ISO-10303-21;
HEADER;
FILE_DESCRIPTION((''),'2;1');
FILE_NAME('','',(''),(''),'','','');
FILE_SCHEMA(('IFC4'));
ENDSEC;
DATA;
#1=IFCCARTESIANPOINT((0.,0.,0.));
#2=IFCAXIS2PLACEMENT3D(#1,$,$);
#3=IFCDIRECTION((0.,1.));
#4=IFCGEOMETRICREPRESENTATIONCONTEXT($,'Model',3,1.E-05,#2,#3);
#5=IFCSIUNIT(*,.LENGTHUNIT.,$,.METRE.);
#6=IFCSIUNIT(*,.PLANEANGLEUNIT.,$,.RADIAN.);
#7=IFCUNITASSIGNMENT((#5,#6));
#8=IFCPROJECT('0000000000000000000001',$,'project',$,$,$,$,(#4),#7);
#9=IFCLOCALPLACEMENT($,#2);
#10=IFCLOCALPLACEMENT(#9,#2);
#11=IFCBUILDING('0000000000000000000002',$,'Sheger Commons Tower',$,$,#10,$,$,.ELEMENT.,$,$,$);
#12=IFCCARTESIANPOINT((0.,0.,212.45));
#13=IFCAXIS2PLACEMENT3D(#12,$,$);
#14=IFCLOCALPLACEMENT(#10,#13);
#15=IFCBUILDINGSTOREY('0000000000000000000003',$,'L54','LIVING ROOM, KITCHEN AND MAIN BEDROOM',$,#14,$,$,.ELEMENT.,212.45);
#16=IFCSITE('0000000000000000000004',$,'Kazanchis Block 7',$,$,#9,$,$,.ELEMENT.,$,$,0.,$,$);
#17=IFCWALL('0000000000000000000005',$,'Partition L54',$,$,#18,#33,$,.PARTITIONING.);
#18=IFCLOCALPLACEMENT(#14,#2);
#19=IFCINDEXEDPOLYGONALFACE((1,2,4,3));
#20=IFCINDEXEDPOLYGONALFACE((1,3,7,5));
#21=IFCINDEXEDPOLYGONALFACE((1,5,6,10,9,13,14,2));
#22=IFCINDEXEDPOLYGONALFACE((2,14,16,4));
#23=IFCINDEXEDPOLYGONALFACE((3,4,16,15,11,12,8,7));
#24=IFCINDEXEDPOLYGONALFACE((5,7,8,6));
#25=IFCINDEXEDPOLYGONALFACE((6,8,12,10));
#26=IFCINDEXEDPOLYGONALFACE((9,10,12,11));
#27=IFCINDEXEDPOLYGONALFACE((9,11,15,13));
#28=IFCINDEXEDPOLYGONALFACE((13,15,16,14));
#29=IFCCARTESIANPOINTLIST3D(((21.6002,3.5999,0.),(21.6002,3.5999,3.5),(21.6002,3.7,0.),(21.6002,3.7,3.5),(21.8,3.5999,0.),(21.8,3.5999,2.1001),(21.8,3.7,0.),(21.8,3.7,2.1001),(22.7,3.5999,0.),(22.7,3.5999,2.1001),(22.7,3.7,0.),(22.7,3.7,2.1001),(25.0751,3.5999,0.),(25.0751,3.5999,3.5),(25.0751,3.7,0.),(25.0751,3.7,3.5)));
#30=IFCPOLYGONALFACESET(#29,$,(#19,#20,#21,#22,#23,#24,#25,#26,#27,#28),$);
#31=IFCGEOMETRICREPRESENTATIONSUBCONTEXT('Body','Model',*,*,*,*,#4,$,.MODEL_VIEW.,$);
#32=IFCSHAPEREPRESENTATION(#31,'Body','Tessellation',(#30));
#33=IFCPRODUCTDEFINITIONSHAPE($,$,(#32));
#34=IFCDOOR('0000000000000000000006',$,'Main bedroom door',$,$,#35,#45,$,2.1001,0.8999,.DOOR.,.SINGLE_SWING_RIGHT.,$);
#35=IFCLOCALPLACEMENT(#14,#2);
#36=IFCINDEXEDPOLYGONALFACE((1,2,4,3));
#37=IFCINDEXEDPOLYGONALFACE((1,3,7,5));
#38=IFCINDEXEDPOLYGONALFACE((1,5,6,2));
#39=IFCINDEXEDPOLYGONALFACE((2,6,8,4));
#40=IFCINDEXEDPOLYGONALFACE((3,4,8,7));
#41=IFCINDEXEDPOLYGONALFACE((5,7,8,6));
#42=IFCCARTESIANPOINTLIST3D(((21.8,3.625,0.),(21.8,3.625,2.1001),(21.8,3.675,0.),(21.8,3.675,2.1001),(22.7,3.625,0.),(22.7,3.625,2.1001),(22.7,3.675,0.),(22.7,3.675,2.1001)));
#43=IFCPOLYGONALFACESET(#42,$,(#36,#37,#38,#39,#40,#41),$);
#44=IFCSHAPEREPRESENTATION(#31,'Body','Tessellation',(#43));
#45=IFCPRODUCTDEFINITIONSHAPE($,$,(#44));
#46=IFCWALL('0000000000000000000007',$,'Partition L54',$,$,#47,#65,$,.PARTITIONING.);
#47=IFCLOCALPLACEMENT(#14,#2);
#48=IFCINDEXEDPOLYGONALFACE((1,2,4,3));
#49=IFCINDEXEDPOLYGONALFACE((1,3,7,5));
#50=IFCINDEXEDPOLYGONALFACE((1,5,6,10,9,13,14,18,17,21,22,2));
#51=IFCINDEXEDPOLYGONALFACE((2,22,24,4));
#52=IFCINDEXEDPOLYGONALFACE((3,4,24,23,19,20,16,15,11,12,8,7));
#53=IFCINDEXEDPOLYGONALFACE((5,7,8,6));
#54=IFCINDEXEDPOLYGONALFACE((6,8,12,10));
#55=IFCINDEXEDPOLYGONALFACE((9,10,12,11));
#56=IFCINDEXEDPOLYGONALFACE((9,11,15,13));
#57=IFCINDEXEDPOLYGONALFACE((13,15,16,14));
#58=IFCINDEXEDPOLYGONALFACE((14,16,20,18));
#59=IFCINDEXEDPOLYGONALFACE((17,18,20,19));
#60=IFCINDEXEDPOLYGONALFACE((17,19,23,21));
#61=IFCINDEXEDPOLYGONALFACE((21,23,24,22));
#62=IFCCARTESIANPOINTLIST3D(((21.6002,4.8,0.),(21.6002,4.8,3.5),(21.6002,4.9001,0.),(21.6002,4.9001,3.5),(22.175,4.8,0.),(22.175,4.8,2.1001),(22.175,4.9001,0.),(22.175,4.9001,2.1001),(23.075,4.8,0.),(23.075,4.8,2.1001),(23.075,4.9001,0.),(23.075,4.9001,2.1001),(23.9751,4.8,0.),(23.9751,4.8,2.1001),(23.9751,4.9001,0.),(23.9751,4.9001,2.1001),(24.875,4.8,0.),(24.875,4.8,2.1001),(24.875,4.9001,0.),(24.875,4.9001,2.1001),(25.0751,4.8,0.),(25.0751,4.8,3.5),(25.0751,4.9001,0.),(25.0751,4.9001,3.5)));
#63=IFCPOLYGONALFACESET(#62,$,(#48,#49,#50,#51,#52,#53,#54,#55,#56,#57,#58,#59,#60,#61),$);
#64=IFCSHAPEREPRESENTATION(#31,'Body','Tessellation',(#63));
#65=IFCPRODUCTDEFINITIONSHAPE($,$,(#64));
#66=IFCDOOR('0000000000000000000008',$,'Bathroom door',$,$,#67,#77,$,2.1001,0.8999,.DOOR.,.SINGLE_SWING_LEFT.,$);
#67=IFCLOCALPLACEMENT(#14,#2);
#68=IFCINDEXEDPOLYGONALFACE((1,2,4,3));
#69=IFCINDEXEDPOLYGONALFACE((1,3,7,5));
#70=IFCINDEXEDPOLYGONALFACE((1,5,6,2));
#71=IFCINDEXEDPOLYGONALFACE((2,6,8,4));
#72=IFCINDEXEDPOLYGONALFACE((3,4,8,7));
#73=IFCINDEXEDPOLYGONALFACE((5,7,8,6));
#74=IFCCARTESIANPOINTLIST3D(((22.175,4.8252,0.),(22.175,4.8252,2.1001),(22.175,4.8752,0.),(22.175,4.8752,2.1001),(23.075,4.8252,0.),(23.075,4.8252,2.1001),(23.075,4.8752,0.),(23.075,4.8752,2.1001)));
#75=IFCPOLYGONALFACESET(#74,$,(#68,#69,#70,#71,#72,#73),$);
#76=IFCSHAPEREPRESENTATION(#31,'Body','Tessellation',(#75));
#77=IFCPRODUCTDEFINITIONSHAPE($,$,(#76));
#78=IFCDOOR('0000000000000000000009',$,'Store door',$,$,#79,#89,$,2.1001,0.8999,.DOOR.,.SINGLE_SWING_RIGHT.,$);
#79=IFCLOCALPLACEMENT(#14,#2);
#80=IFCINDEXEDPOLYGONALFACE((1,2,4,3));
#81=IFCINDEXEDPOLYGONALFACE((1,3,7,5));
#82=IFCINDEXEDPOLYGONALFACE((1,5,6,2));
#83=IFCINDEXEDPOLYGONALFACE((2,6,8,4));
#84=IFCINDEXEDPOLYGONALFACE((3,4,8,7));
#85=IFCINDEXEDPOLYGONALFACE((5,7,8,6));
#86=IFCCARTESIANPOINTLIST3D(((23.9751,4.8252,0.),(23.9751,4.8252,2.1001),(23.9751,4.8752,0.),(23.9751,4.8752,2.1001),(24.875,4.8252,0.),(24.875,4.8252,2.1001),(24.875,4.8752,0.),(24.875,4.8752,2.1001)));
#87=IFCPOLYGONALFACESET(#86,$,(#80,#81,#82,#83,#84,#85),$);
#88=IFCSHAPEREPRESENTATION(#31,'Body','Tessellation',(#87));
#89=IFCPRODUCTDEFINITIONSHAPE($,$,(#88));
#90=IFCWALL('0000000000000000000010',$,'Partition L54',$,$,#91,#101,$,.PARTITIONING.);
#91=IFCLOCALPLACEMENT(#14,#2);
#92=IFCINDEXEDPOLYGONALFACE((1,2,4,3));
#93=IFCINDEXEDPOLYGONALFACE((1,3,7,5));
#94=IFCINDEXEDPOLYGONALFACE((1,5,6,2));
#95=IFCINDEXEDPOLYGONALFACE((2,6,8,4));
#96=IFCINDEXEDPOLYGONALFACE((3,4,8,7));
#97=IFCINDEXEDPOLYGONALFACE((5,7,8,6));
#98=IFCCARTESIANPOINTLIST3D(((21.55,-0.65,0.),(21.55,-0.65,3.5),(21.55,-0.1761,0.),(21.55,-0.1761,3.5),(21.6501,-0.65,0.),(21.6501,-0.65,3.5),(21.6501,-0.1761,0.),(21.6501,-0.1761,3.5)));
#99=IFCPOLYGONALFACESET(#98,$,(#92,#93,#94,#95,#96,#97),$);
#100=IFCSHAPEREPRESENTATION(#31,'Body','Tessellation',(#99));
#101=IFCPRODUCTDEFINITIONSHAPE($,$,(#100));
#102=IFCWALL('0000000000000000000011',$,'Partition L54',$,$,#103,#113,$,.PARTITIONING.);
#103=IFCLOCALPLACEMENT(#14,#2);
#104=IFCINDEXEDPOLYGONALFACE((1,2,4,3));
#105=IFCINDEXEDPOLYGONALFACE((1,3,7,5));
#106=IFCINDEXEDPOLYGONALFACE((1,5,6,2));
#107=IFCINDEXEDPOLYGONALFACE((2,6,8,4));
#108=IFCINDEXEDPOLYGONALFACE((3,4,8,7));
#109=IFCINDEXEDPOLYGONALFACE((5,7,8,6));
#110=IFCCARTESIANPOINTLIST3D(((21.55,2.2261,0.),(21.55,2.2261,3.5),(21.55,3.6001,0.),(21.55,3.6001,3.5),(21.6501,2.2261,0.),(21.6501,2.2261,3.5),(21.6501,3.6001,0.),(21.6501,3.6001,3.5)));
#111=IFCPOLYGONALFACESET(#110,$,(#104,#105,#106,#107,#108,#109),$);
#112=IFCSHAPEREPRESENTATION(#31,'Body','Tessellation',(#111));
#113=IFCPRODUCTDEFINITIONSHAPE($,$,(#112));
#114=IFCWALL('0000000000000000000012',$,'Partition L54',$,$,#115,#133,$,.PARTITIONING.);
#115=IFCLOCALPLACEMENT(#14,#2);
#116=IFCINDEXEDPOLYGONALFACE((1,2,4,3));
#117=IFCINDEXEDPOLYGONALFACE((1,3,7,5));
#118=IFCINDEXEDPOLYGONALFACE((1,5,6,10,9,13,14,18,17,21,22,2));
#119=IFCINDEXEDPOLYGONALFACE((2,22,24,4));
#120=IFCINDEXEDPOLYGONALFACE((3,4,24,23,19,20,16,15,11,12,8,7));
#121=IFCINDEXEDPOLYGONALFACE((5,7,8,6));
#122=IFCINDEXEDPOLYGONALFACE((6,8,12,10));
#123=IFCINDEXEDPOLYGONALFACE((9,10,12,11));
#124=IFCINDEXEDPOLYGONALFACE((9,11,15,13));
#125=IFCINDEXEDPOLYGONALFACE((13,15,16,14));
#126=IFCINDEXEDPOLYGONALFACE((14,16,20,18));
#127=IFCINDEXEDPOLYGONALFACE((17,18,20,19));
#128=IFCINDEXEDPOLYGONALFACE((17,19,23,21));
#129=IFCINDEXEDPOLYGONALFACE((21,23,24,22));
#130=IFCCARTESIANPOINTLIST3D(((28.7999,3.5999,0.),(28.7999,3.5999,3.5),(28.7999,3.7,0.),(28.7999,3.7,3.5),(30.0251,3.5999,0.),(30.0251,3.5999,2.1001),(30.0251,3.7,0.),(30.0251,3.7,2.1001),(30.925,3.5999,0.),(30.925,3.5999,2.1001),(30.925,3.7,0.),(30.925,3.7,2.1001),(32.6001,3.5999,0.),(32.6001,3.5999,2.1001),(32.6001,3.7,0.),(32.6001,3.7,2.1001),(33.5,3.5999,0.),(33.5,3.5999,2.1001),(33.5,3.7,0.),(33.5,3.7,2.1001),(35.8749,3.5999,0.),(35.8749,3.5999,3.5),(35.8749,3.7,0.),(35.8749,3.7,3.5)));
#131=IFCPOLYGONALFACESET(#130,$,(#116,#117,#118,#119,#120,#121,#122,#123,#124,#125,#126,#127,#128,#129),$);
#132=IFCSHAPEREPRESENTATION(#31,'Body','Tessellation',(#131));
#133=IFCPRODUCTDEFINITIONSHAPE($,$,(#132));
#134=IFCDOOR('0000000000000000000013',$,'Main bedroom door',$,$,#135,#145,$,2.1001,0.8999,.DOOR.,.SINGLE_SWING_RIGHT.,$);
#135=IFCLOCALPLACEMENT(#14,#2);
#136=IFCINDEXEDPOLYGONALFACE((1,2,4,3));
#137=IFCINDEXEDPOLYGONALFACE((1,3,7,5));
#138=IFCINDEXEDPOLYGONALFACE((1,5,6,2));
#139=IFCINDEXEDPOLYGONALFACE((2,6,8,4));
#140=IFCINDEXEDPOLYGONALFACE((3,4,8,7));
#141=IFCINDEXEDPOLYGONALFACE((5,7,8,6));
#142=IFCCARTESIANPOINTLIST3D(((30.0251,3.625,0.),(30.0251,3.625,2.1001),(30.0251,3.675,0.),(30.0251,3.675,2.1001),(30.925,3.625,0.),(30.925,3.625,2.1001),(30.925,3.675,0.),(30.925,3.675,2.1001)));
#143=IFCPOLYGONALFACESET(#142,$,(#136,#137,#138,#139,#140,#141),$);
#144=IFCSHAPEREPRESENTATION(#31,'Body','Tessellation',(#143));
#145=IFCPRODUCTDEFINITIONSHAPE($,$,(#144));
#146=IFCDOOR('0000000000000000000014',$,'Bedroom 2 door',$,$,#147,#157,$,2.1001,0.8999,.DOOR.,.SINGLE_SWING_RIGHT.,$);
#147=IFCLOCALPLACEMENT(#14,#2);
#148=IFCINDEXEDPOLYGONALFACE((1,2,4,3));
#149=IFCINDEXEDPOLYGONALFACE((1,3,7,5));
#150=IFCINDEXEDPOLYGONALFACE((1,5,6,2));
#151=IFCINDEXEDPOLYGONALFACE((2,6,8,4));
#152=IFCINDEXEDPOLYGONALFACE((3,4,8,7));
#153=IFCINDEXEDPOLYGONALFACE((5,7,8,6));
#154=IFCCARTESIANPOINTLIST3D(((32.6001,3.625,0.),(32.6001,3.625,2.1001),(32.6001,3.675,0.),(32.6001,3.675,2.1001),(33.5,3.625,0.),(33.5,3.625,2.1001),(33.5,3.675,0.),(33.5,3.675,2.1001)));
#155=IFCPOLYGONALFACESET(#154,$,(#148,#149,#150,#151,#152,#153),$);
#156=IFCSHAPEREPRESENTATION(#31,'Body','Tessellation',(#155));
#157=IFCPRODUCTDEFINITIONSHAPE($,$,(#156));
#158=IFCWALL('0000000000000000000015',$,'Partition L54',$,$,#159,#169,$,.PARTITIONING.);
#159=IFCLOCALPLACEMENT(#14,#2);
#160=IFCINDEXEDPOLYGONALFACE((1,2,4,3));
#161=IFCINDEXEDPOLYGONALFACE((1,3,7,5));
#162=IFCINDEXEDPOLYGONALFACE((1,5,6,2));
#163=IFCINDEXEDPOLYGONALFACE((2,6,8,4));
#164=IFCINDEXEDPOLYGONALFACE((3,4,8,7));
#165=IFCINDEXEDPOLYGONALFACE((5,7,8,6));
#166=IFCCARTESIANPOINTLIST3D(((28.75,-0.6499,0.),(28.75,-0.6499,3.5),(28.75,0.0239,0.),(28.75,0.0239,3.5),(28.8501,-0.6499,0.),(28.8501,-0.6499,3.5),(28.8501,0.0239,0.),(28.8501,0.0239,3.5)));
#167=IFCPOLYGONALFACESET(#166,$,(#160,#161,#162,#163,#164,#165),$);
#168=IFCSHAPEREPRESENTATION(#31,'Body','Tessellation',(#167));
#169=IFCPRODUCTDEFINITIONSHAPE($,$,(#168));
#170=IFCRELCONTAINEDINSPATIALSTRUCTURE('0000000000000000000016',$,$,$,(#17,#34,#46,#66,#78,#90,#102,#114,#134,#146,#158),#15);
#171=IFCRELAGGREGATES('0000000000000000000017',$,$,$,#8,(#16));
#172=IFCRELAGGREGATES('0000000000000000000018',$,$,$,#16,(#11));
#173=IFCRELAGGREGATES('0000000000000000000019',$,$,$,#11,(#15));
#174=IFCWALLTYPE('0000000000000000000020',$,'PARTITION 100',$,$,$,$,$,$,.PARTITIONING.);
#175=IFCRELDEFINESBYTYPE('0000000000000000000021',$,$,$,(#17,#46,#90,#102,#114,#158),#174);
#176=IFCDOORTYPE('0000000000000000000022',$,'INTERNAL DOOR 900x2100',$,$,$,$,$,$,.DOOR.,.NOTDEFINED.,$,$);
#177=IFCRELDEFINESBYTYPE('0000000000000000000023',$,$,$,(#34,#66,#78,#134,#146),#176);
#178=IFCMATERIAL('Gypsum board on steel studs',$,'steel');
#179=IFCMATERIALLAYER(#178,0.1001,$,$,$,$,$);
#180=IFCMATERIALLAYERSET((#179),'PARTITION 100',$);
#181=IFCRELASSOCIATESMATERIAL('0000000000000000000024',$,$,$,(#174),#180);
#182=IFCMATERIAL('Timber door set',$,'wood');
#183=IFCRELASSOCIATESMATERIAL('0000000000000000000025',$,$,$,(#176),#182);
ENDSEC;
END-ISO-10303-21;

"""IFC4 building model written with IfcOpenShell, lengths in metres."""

from ifc_helpers import new_model, si_unit, direction, frame, frame_2d, origin, place, context, subcontext, project, spatial, rectangle, extrude, material, layer, layer_set, type_object, element, fill, save


model = new_model("IFC4")

# Units and contexts
model_context = context("Model", 3, precision=1e-05, world=origin(), true_north=direction((0.0, 1.0)))
body_context = subcontext(model_context, "Body", "Model", "MODEL_VIEW")
ifc_project = project(units=[si_unit("LENGTHUNIT", "METRE"), si_unit("PLANEANGLEUNIT", "RADIAN")], contexts=[model_context])

# Site, building, storey
site_placement = place(None, origin())
site = spatial("IfcSite", under=ifc_project, at=site_placement, Name="Kazanchis Block 7", CompositionType="ELEMENT", RefElevation=0.0)
building_placement = place(site_placement, origin())
building = spatial("IfcBuilding", under=site, at=building_placement, Name="Sheger Commons Tower", CompositionType="ELEMENT")
storey_placement = place(building_placement, frame((0.0, 0.0, 212.45)))
storey = spatial("IfcBuildingStorey", under=building, at=storey_placement, Name="L54", Description="LIVING ROOM, KITCHEN AND MAIN BEDROOM", CompositionType="ELEMENT", Elevation=212.45)

# Wall, opening, door
ifc_material_1 = material(Name="Gypsum board on steel studs", Category="steel")
ifc_layer_1 = layer(ifc_material_1, 0.1001)
ifc_layer_set_1 = layer_set([ifc_layer_1], Name="PARTITION 100")
wall_type_1 = type_object("IfcWallType", Name="PARTITION 100", PredefinedType="PARTITIONING", material=ifc_layer_set_1)
wall_1_placement = place(storey_placement, frame((25.075, 3.6499, 0.0), z_axis=(0.0, 0.0, 1.0), x_axis=(-1.0, 0.0, 0.0)))
wall_1 = element("IfcWall", 1, at=wall_1_placement, inside=storey, type_object=wall_type_1, Name="Partition L54", PredefinedType="PARTITIONING", context=body_context, shape_type="SweptSolid", body=[
    extrude(rectangle(XDim=3.4749, YDim=0.1001, at=frame_2d((1.7373, 0.0))), origin(), (0.0, 0.0, 1.0), 3.5),
])
opening_1_placement = place(wall_1_placement, frame((2.375, 0.0, 0.0)))
opening_1 = element("IfcOpeningElement", 2, at=opening_1_placement, cuts=wall_1, PredefinedType="OPENING", context=body_context, shape_type="SweptSolid", body=[
    extrude(rectangle(XDim=0.8999, YDim=2.1001, at=frame_2d((0.45, 1.05))), frame((0.0, 0.0601, 0.0), z_axis=(0.0, -1.0, 0.0), x_axis=(1.0, 0.0, 0.0)), (0.0, 0.0, 1.0), 0.1201),
])
ifc_material_2 = material(Name="Timber door set", Category="wood")
door_type = type_object("IfcDoorType", Name="INTERNAL DOOR 900x2100", OperationType="NOTDEFINED", PredefinedType="DOOR", material=ifc_material_2)
door_1_placement = place(opening_1_placement, origin())
door_1 = element("IfcDoor", 3, at=door_1_placement, inside=storey, type_object=door_type, Name="Main bedroom door", OperationType="SINGLE_SWING_RIGHT", OverallHeight=2.1001, OverallWidth=0.8999, PredefinedType="DOOR", context=body_context, shape_type="SweptSolid", body=[
    extrude(rectangle(XDim=0.8999, YDim=2.1001, at=frame_2d((0.45, 1.05))), frame((0.0, 0.0249, 0.0), z_axis=(0.0, -1.0, 0.0), x_axis=(1.0, 0.0, 0.0)), (0.0, 0.0, 1.0), 0.05),
])
fill(opening_1, door_1)

# Wall, openings, doors
wall_2_placement = place(storey_placement, frame((25.075, 4.8501, 0.0), z_axis=(0.0, 0.0, 1.0), x_axis=(-1.0, 0.0, 0.0)))
wall_2 = element("IfcWall", 4, at=wall_2_placement, inside=storey, type_object=wall_type_1, Name="Partition L54", PredefinedType="PARTITIONING", context=body_context, shape_type="SweptSolid", body=[
    extrude(rectangle(XDim=3.4749, YDim=0.1001, at=frame_2d((1.7373, 0.0))), origin(), (0.0, 0.0, 1.0), 3.5),
])
opening_2_placement = place(wall_2_placement, frame((2.0, 0.0, 0.0)))
opening_2 = element("IfcOpeningElement", 5, at=opening_2_placement, cuts=wall_2, PredefinedType="OPENING", context=body_context, shape_type="SweptSolid", body=[
    extrude(rectangle(XDim=0.8999, YDim=2.1001, at=frame_2d((0.45, 1.05))), frame((0.0, 0.0601, 0.0), z_axis=(0.0, -1.0, 0.0), x_axis=(1.0, 0.0, 0.0)), (0.0, 0.0, 1.0), 0.1201),
])
opening_3_placement = place(wall_2_placement, frame((0.2, 0.0, 0.0)))
opening_3 = element("IfcOpeningElement", 6, at=opening_3_placement, cuts=wall_2, PredefinedType="OPENING", context=body_context, shape_type="SweptSolid", body=[
    extrude(rectangle(XDim=0.8999, YDim=2.1001, at=frame_2d((0.45, 1.05))), frame((0.0, 0.0601, 0.0), z_axis=(0.0, -1.0, 0.0), x_axis=(1.0, 0.0, 0.0)), (0.0, 0.0, 1.0), 0.1201),
])
door_2_placement = place(opening_2_placement, origin())
door_2 = element("IfcDoor", 7, at=door_2_placement, inside=storey, type_object=door_type, Name="Bathroom door", OperationType="SINGLE_SWING_LEFT", OverallHeight=2.1001, OverallWidth=0.8999, PredefinedType="DOOR", context=body_context, shape_type="SweptSolid", body=[
    extrude(rectangle(XDim=0.8999, YDim=2.1001, at=frame_2d((0.45, 1.05))), frame((0.0, 0.0249, 0.0), z_axis=(0.0, -1.0, 0.0), x_axis=(1.0, 0.0, 0.0)), (0.0, 0.0, 1.0), 0.05),
])
fill(opening_2, door_2)
door_3_placement = place(opening_3_placement, origin())
door_3 = element("IfcDoor", 8, at=door_3_placement, inside=storey, type_object=door_type, Name="Store door", OperationType="SINGLE_SWING_RIGHT", OverallHeight=2.1001, OverallWidth=0.8999, PredefinedType="DOOR", context=body_context, shape_type="SweptSolid", body=[
    extrude(rectangle(XDim=0.8999, YDim=2.1001, at=frame_2d((0.45, 1.05))), frame((0.0, 0.0249, 0.0), z_axis=(0.0, -1.0, 0.0), x_axis=(1.0, 0.0, 0.0)), (0.0, 0.0, 1.0), 0.05),
])
fill(opening_3, door_3)

# Walls
wall_3_placement = place(storey_placement, frame((21.6001, -0.6499, 0.0), z_axis=(0.0, 0.0, 1.0), x_axis=(0.0, 1.0, 0.0)))
element("IfcWall", 9, at=wall_3_placement, inside=storey, type_object=wall_type_1, Name="Partition L54", PredefinedType="PARTITIONING", context=body_context, shape_type="SweptSolid", body=[
    extrude(rectangle(XDim=0.4739, YDim=0.1001, at=frame_2d((0.2368, 0.0))), origin(), (0.0, 0.0, 1.0), 3.5),
])
wall_4_placement = place(storey_placement, frame((21.6001, 2.2261, 0.0), z_axis=(0.0, 0.0, 1.0), x_axis=(0.0, 1.0, 0.0)))
element("IfcWall", 10, at=wall_4_placement, inside=storey, type_object=wall_type_1, Name="Partition L54", PredefinedType="PARTITIONING", context=body_context, shape_type="SweptSolid", body=[
    extrude(rectangle(XDim=1.374, YDim=0.1001, at=frame_2d((0.687, 0.0))), origin(), (0.0, 0.0, 1.0), 3.5),
])

# Wall, openings, doors
wall_5_placement = place(storey_placement, frame((35.875, 3.6499, 0.0), z_axis=(0.0, 0.0, 1.0), x_axis=(-1.0, 0.0, 0.0)))
wall_5 = element("IfcWall", 11, at=wall_5_placement, inside=storey, type_object=wall_type_1, Name="Partition L54", PredefinedType="PARTITIONING", context=body_context, shape_type="SweptSolid", body=[
    extrude(rectangle(XDim=7.075, YDim=0.1001, at=frame_2d((3.5376, 0.0))), origin(), (0.0, 0.0, 1.0), 3.5),
])
opening_4_placement = place(wall_5_placement, frame((4.95, 0.0, 0.0)))
opening_4 = element("IfcOpeningElement", 12, at=opening_4_placement, cuts=wall_5, PredefinedType="OPENING", context=body_context, shape_type="SweptSolid", body=[
    extrude(rectangle(XDim=0.8999, YDim=2.1001, at=frame_2d((0.45, 1.05))), frame((0.0, 0.0601, 0.0), z_axis=(0.0, -1.0, 0.0), x_axis=(1.0, 0.0, 0.0)), (0.0, 0.0, 1.0), 0.1201),
])
opening_5_placement = place(wall_5_placement, frame((2.375, 0.0, 0.0)))
opening_5 = element("IfcOpeningElement", 13, at=opening_5_placement, cuts=wall_5, PredefinedType="OPENING", context=body_context, shape_type="SweptSolid", body=[
    extrude(rectangle(XDim=0.8999, YDim=2.1001, at=frame_2d((0.45, 1.05))), frame((0.0, 0.0601, 0.0), z_axis=(0.0, -1.0, 0.0), x_axis=(1.0, 0.0, 0.0)), (0.0, 0.0, 1.0), 0.1201),
])
door_4_placement = place(opening_4_placement, origin())
door_4 = element("IfcDoor", 14, at=door_4_placement, inside=storey, type_object=door_type, Name="Main bedroom door", OperationType="SINGLE_SWING_RIGHT", OverallHeight=2.1001, OverallWidth=0.8999, PredefinedType="DOOR", context=body_context, shape_type="SweptSolid", body=[
    extrude(rectangle(XDim=0.8999, YDim=2.1001, at=frame_2d((0.45, 1.05))), frame((0.0, 0.0249, 0.0), z_axis=(0.0, -1.0, 0.0), x_axis=(1.0, 0.0, 0.0)), (0.0, 0.0, 1.0), 0.05),
])
fill(opening_4, door_4)
door_5_placement = place(opening_5_placement, origin())
door_5 = element("IfcDoor", 15, at=door_5_placement, inside=storey, type_object=door_type, Name="Bedroom 2 door", OperationType="SINGLE_SWING_RIGHT", OverallHeight=2.1001, OverallWidth=0.8999, PredefinedType="DOOR", context=body_context, shape_type="SweptSolid", body=[
    extrude(rectangle(XDim=0.8999, YDim=2.1001, at=frame_2d((0.45, 1.05))), frame((0.0, 0.0249, 0.0), z_axis=(0.0, -1.0, 0.0), x_axis=(1.0, 0.0, 0.0)), (0.0, 0.0, 1.0), 0.05),
])
fill(opening_5, door_5)

# Wall
wall_6_placement = place(storey_placement, frame((28.8, -0.6499, 0.0), z_axis=(0.0, 0.0, 1.0), x_axis=(0.0, 1.0, 0.0)))
element("IfcWall", 16, at=wall_6_placement, inside=storey, type_object=wall_type_1, Name="Partition L54", PredefinedType="PARTITIONING", context=body_context, shape_type="SweptSolid", body=[
    extrude(rectangle(XDim=0.6738, YDim=0.1001, at=frame_2d((0.3369, 0.0))), origin(), (0.0, 0.0, 1.0), 3.5),
])

save(model, "model.ifc")
